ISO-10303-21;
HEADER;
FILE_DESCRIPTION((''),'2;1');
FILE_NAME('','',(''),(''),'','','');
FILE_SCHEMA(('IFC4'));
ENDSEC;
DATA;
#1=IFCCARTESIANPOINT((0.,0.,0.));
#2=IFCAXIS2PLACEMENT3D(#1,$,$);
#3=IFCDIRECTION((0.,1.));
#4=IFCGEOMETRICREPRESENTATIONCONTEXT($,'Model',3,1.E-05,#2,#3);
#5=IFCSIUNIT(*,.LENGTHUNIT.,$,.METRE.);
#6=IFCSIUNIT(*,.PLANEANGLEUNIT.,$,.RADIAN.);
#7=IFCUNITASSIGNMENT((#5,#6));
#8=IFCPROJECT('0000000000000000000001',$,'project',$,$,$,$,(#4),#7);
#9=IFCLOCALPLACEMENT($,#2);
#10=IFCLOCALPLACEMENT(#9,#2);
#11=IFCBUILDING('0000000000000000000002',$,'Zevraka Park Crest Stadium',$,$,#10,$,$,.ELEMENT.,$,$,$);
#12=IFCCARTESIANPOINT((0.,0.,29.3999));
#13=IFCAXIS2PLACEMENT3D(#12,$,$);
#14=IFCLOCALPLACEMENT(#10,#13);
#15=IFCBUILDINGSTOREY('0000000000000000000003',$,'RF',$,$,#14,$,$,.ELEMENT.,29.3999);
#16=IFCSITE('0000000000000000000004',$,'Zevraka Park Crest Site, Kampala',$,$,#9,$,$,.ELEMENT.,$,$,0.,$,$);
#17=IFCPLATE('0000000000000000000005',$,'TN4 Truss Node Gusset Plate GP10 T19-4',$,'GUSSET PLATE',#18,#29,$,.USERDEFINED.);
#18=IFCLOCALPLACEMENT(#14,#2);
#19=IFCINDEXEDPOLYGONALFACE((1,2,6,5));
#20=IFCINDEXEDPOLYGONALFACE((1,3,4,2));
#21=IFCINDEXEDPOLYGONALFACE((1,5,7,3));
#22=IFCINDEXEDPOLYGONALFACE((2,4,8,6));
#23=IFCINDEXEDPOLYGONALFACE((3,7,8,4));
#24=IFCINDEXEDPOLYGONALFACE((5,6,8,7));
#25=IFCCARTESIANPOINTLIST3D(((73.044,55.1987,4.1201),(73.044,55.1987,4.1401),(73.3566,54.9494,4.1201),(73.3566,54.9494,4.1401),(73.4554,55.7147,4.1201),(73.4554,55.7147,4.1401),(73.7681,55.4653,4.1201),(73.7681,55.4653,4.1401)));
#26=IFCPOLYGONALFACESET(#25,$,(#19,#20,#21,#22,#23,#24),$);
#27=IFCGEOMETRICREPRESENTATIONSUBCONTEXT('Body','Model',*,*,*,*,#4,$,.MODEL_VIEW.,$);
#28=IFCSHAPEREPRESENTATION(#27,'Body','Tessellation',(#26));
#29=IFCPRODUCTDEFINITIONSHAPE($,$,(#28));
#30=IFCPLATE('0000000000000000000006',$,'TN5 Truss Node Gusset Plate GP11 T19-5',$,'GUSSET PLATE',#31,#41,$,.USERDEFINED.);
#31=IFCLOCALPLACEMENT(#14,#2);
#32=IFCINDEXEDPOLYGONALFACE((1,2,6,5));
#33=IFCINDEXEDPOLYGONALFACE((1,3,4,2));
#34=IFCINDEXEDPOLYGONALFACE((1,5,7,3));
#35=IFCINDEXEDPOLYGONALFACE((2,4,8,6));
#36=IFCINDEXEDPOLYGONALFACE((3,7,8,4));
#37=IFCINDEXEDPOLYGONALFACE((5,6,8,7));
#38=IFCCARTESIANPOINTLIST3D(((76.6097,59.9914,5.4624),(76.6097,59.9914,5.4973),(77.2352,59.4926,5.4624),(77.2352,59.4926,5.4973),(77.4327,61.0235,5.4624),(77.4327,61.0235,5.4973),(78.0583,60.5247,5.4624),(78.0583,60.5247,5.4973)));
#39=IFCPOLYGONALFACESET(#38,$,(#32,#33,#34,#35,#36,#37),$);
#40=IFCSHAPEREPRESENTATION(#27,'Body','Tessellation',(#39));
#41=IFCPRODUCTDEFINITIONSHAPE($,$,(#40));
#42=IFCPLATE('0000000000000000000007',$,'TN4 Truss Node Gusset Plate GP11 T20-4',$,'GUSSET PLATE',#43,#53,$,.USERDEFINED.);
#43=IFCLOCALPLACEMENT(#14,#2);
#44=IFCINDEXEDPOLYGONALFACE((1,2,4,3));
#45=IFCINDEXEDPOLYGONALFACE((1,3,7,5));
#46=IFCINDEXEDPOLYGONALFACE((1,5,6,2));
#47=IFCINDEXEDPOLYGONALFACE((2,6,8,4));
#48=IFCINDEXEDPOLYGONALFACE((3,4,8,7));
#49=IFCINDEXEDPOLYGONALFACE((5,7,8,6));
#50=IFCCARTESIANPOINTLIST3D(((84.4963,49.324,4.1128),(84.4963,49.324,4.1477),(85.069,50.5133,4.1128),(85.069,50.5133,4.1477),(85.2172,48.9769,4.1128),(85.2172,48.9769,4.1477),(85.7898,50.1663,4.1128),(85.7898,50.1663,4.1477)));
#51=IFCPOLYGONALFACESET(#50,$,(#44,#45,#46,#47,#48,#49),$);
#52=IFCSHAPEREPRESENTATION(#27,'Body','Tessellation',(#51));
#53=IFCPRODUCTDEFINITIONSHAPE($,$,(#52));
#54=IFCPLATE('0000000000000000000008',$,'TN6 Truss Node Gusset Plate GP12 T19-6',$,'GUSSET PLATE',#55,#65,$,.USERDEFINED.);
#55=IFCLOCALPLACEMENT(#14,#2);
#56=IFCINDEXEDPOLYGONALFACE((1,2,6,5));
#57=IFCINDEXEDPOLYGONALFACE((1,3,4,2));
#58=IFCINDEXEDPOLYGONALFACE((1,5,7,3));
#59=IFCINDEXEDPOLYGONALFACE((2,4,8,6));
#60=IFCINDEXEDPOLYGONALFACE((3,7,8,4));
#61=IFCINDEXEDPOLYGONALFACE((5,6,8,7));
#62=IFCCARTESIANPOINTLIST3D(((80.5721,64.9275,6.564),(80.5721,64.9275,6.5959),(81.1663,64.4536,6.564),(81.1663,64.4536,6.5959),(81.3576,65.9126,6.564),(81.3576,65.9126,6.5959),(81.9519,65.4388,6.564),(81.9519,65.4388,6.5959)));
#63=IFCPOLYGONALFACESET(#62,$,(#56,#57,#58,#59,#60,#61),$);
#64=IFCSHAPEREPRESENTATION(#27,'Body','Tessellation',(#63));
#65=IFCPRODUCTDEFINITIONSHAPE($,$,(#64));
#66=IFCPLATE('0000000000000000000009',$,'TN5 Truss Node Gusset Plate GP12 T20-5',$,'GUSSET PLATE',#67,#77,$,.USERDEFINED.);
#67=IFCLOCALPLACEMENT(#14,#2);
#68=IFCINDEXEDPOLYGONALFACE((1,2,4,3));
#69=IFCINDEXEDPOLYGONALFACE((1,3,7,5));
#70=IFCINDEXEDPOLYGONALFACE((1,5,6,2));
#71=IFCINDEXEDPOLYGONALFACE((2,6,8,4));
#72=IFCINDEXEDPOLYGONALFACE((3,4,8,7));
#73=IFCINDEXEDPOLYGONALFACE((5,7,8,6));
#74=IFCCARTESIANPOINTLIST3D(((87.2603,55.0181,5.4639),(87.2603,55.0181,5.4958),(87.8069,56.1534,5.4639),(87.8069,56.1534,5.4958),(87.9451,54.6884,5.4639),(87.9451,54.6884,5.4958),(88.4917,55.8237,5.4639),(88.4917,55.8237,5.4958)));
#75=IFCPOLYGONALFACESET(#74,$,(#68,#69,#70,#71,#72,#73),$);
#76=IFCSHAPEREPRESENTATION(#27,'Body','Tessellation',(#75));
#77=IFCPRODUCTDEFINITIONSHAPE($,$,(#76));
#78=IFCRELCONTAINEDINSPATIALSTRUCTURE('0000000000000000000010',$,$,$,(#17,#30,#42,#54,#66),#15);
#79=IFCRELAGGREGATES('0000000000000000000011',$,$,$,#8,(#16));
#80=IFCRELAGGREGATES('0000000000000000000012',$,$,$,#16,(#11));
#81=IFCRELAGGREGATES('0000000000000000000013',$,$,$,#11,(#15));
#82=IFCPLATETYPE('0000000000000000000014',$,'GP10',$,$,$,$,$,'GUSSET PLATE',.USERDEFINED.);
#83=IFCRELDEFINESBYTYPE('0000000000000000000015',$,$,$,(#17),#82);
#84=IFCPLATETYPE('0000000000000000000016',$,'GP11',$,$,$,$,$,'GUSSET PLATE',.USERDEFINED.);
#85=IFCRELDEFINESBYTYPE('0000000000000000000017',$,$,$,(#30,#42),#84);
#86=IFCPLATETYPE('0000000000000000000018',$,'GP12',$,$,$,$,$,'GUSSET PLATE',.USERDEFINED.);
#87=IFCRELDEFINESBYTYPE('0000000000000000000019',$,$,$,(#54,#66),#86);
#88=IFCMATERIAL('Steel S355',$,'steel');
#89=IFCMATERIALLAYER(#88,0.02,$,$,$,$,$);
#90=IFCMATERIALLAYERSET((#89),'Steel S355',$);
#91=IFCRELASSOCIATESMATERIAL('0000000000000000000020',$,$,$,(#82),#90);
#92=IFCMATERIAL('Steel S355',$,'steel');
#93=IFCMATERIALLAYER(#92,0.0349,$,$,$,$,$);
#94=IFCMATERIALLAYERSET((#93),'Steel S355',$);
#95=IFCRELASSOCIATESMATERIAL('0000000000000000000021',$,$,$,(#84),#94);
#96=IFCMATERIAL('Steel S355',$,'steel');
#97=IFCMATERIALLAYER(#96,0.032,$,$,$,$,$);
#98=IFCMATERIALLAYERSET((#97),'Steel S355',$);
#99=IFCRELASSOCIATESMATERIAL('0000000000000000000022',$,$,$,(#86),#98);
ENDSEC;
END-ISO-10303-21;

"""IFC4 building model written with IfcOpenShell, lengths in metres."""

from ifc_helpers import new_model, si_unit, direction, frame, origin, origin_2d, place, context, subcontext, project, spatial, rectangle, extrude, material, layer, layer_set, type_object, element, save


model = new_model("IFC4")

# Units and contexts
model_context = context("Model", 3, precision=1e-05, world=origin(), true_north=direction((0.0, 1.0)))
body_context = subcontext(model_context, "Body", "Model", "MODEL_VIEW")
ifc_project = project(units=[si_unit("LENGTHUNIT", "METRE"), si_unit("PLANEANGLEUNIT", "RADIAN")], contexts=[model_context])

# Site, building, storey
site_placement = place(None, origin())
site = spatial("IfcSite", under=ifc_project, at=site_placement, Name="Zevraka Park Crest Site, Kampala", CompositionType="ELEMENT", RefElevation=0.0)
building_placement = place(site_placement, origin())
building = spatial("IfcBuilding", under=site, at=building_placement, Name="Zevraka Park Crest Stadium", CompositionType="ELEMENT")
storey_placement = place(building_placement, frame((0.0, 0.0, 29.3999)))
storey = spatial("IfcBuildingStorey", under=building, at=storey_placement, Name="RF", CompositionType="ELEMENT", Elevation=29.3999)

# Plates
ifc_material_1 = material(Name="Steel S355", Category="steel")
ifc_layer_1 = layer(ifc_material_1, 0.02)
ifc_layer_set_1 = layer_set([ifc_layer_1], Name="Steel S355")
plate_type_1 = type_object("IfcPlateType", Name="GP10", ElementType="GUSSET PLATE", PredefinedType="USERDEFINED", material=ifc_layer_set_1)
plate_1_placement = place(storey_placement, frame((73.406, 55.332, 4.1201), z_axis=(0.0, 0.0, 1.0), x_axis=(0.62347, 0.781847, 0.0)))
element("IfcPlate", 1, at=plate_1_placement, inside=storey, type_object=plate_type_1, Name="TN4 Truss Node Gusset Plate GP10 T19-4", ObjectType="GUSSET PLATE", PredefinedType="USERDEFINED", context=body_context, shape_type="SweptSolid", body=[
    extrude(rectangle(XDim=0.6599, YDim=0.3999, at=origin_2d()), origin(), (0.0, 0.0, 1.0), 0.02),
])
ifc_material_2 = material(Name="Steel S355", Category="steel")
ifc_layer_2 = layer(ifc_material_2, 0.0349)
ifc_layer_set_2 = layer_set([ifc_layer_2], Name="Steel S355")
plate_type_2 = type_object("IfcPlateType", Name="GP11", ElementType="GUSSET PLATE", PredefinedType="USERDEFINED", material=ifc_layer_set_2)
for number, where, z_axis, x_axis, name in (
    (2, (77.334, 60.2581, 5.4624), (0.0, 0.0, 1.0), (0.62347, 0.781847, 0.0), "TN5 Truss Node Gusset Plate GP11 T19-5"),
    (3, (85.1431, 49.7451, 4.1128), (0.0, 0.0, 1.0), (0.433816, 0.901001, 0.0), "TN4 Truss Node Gusset Plate GP11 T20-4"),
):
    element("IfcPlate", number, at=place(storey_placement, frame(where, z_axis=z_axis, x_axis=x_axis)), inside=storey, type_object=plate_type_2, Name=name, ObjectType="GUSSET PLATE", PredefinedType="USERDEFINED", context=body_context, shape_type="SweptSolid", body=[
        extrude(rectangle(XDim=1.3201, YDim=0.8, at=origin_2d()), origin(), (0.0, 0.0, 1.0), 0.0349),
    ])
ifc_material_3 = material(Name="Steel S355", Category="steel")
ifc_layer_3 = layer(ifc_material_3, 0.032)
ifc_layer_set_3 = layer_set([ifc_layer_3], Name="Steel S355")
plate_type_3 = type_object("IfcPlateType", Name="GP12", ElementType="GUSSET PLATE", PredefinedType="USERDEFINED", material=ifc_layer_set_3)
for number, where, z_axis, x_axis, name in (
    (4, (81.262, 65.1831, 6.564), (0.0, 0.0, 1.0), (0.62347, 0.781847, 0.0), "TN6 Truss Node Gusset Plate GP12 T19-6"),
    (5, (87.876, 55.4209, 5.4639), (0.0, 0.0, 1.0), (0.433816, 0.901001, 0.0), "TN5 Truss Node Gusset Plate GP12 T20-5"),
):
    element("IfcPlate", number, at=place(storey_placement, frame(where, z_axis=z_axis, x_axis=x_axis)), inside=storey, type_object=plate_type_3, Name=name, ObjectType="GUSSET PLATE", PredefinedType="USERDEFINED", context=body_context, shape_type="SweptSolid", body=[
        extrude(rectangle(XDim=1.26, YDim=0.76, at=origin_2d()), origin(), (0.0, 0.0, 1.0), 0.032),
    ])

save(model, "model.ifc")
